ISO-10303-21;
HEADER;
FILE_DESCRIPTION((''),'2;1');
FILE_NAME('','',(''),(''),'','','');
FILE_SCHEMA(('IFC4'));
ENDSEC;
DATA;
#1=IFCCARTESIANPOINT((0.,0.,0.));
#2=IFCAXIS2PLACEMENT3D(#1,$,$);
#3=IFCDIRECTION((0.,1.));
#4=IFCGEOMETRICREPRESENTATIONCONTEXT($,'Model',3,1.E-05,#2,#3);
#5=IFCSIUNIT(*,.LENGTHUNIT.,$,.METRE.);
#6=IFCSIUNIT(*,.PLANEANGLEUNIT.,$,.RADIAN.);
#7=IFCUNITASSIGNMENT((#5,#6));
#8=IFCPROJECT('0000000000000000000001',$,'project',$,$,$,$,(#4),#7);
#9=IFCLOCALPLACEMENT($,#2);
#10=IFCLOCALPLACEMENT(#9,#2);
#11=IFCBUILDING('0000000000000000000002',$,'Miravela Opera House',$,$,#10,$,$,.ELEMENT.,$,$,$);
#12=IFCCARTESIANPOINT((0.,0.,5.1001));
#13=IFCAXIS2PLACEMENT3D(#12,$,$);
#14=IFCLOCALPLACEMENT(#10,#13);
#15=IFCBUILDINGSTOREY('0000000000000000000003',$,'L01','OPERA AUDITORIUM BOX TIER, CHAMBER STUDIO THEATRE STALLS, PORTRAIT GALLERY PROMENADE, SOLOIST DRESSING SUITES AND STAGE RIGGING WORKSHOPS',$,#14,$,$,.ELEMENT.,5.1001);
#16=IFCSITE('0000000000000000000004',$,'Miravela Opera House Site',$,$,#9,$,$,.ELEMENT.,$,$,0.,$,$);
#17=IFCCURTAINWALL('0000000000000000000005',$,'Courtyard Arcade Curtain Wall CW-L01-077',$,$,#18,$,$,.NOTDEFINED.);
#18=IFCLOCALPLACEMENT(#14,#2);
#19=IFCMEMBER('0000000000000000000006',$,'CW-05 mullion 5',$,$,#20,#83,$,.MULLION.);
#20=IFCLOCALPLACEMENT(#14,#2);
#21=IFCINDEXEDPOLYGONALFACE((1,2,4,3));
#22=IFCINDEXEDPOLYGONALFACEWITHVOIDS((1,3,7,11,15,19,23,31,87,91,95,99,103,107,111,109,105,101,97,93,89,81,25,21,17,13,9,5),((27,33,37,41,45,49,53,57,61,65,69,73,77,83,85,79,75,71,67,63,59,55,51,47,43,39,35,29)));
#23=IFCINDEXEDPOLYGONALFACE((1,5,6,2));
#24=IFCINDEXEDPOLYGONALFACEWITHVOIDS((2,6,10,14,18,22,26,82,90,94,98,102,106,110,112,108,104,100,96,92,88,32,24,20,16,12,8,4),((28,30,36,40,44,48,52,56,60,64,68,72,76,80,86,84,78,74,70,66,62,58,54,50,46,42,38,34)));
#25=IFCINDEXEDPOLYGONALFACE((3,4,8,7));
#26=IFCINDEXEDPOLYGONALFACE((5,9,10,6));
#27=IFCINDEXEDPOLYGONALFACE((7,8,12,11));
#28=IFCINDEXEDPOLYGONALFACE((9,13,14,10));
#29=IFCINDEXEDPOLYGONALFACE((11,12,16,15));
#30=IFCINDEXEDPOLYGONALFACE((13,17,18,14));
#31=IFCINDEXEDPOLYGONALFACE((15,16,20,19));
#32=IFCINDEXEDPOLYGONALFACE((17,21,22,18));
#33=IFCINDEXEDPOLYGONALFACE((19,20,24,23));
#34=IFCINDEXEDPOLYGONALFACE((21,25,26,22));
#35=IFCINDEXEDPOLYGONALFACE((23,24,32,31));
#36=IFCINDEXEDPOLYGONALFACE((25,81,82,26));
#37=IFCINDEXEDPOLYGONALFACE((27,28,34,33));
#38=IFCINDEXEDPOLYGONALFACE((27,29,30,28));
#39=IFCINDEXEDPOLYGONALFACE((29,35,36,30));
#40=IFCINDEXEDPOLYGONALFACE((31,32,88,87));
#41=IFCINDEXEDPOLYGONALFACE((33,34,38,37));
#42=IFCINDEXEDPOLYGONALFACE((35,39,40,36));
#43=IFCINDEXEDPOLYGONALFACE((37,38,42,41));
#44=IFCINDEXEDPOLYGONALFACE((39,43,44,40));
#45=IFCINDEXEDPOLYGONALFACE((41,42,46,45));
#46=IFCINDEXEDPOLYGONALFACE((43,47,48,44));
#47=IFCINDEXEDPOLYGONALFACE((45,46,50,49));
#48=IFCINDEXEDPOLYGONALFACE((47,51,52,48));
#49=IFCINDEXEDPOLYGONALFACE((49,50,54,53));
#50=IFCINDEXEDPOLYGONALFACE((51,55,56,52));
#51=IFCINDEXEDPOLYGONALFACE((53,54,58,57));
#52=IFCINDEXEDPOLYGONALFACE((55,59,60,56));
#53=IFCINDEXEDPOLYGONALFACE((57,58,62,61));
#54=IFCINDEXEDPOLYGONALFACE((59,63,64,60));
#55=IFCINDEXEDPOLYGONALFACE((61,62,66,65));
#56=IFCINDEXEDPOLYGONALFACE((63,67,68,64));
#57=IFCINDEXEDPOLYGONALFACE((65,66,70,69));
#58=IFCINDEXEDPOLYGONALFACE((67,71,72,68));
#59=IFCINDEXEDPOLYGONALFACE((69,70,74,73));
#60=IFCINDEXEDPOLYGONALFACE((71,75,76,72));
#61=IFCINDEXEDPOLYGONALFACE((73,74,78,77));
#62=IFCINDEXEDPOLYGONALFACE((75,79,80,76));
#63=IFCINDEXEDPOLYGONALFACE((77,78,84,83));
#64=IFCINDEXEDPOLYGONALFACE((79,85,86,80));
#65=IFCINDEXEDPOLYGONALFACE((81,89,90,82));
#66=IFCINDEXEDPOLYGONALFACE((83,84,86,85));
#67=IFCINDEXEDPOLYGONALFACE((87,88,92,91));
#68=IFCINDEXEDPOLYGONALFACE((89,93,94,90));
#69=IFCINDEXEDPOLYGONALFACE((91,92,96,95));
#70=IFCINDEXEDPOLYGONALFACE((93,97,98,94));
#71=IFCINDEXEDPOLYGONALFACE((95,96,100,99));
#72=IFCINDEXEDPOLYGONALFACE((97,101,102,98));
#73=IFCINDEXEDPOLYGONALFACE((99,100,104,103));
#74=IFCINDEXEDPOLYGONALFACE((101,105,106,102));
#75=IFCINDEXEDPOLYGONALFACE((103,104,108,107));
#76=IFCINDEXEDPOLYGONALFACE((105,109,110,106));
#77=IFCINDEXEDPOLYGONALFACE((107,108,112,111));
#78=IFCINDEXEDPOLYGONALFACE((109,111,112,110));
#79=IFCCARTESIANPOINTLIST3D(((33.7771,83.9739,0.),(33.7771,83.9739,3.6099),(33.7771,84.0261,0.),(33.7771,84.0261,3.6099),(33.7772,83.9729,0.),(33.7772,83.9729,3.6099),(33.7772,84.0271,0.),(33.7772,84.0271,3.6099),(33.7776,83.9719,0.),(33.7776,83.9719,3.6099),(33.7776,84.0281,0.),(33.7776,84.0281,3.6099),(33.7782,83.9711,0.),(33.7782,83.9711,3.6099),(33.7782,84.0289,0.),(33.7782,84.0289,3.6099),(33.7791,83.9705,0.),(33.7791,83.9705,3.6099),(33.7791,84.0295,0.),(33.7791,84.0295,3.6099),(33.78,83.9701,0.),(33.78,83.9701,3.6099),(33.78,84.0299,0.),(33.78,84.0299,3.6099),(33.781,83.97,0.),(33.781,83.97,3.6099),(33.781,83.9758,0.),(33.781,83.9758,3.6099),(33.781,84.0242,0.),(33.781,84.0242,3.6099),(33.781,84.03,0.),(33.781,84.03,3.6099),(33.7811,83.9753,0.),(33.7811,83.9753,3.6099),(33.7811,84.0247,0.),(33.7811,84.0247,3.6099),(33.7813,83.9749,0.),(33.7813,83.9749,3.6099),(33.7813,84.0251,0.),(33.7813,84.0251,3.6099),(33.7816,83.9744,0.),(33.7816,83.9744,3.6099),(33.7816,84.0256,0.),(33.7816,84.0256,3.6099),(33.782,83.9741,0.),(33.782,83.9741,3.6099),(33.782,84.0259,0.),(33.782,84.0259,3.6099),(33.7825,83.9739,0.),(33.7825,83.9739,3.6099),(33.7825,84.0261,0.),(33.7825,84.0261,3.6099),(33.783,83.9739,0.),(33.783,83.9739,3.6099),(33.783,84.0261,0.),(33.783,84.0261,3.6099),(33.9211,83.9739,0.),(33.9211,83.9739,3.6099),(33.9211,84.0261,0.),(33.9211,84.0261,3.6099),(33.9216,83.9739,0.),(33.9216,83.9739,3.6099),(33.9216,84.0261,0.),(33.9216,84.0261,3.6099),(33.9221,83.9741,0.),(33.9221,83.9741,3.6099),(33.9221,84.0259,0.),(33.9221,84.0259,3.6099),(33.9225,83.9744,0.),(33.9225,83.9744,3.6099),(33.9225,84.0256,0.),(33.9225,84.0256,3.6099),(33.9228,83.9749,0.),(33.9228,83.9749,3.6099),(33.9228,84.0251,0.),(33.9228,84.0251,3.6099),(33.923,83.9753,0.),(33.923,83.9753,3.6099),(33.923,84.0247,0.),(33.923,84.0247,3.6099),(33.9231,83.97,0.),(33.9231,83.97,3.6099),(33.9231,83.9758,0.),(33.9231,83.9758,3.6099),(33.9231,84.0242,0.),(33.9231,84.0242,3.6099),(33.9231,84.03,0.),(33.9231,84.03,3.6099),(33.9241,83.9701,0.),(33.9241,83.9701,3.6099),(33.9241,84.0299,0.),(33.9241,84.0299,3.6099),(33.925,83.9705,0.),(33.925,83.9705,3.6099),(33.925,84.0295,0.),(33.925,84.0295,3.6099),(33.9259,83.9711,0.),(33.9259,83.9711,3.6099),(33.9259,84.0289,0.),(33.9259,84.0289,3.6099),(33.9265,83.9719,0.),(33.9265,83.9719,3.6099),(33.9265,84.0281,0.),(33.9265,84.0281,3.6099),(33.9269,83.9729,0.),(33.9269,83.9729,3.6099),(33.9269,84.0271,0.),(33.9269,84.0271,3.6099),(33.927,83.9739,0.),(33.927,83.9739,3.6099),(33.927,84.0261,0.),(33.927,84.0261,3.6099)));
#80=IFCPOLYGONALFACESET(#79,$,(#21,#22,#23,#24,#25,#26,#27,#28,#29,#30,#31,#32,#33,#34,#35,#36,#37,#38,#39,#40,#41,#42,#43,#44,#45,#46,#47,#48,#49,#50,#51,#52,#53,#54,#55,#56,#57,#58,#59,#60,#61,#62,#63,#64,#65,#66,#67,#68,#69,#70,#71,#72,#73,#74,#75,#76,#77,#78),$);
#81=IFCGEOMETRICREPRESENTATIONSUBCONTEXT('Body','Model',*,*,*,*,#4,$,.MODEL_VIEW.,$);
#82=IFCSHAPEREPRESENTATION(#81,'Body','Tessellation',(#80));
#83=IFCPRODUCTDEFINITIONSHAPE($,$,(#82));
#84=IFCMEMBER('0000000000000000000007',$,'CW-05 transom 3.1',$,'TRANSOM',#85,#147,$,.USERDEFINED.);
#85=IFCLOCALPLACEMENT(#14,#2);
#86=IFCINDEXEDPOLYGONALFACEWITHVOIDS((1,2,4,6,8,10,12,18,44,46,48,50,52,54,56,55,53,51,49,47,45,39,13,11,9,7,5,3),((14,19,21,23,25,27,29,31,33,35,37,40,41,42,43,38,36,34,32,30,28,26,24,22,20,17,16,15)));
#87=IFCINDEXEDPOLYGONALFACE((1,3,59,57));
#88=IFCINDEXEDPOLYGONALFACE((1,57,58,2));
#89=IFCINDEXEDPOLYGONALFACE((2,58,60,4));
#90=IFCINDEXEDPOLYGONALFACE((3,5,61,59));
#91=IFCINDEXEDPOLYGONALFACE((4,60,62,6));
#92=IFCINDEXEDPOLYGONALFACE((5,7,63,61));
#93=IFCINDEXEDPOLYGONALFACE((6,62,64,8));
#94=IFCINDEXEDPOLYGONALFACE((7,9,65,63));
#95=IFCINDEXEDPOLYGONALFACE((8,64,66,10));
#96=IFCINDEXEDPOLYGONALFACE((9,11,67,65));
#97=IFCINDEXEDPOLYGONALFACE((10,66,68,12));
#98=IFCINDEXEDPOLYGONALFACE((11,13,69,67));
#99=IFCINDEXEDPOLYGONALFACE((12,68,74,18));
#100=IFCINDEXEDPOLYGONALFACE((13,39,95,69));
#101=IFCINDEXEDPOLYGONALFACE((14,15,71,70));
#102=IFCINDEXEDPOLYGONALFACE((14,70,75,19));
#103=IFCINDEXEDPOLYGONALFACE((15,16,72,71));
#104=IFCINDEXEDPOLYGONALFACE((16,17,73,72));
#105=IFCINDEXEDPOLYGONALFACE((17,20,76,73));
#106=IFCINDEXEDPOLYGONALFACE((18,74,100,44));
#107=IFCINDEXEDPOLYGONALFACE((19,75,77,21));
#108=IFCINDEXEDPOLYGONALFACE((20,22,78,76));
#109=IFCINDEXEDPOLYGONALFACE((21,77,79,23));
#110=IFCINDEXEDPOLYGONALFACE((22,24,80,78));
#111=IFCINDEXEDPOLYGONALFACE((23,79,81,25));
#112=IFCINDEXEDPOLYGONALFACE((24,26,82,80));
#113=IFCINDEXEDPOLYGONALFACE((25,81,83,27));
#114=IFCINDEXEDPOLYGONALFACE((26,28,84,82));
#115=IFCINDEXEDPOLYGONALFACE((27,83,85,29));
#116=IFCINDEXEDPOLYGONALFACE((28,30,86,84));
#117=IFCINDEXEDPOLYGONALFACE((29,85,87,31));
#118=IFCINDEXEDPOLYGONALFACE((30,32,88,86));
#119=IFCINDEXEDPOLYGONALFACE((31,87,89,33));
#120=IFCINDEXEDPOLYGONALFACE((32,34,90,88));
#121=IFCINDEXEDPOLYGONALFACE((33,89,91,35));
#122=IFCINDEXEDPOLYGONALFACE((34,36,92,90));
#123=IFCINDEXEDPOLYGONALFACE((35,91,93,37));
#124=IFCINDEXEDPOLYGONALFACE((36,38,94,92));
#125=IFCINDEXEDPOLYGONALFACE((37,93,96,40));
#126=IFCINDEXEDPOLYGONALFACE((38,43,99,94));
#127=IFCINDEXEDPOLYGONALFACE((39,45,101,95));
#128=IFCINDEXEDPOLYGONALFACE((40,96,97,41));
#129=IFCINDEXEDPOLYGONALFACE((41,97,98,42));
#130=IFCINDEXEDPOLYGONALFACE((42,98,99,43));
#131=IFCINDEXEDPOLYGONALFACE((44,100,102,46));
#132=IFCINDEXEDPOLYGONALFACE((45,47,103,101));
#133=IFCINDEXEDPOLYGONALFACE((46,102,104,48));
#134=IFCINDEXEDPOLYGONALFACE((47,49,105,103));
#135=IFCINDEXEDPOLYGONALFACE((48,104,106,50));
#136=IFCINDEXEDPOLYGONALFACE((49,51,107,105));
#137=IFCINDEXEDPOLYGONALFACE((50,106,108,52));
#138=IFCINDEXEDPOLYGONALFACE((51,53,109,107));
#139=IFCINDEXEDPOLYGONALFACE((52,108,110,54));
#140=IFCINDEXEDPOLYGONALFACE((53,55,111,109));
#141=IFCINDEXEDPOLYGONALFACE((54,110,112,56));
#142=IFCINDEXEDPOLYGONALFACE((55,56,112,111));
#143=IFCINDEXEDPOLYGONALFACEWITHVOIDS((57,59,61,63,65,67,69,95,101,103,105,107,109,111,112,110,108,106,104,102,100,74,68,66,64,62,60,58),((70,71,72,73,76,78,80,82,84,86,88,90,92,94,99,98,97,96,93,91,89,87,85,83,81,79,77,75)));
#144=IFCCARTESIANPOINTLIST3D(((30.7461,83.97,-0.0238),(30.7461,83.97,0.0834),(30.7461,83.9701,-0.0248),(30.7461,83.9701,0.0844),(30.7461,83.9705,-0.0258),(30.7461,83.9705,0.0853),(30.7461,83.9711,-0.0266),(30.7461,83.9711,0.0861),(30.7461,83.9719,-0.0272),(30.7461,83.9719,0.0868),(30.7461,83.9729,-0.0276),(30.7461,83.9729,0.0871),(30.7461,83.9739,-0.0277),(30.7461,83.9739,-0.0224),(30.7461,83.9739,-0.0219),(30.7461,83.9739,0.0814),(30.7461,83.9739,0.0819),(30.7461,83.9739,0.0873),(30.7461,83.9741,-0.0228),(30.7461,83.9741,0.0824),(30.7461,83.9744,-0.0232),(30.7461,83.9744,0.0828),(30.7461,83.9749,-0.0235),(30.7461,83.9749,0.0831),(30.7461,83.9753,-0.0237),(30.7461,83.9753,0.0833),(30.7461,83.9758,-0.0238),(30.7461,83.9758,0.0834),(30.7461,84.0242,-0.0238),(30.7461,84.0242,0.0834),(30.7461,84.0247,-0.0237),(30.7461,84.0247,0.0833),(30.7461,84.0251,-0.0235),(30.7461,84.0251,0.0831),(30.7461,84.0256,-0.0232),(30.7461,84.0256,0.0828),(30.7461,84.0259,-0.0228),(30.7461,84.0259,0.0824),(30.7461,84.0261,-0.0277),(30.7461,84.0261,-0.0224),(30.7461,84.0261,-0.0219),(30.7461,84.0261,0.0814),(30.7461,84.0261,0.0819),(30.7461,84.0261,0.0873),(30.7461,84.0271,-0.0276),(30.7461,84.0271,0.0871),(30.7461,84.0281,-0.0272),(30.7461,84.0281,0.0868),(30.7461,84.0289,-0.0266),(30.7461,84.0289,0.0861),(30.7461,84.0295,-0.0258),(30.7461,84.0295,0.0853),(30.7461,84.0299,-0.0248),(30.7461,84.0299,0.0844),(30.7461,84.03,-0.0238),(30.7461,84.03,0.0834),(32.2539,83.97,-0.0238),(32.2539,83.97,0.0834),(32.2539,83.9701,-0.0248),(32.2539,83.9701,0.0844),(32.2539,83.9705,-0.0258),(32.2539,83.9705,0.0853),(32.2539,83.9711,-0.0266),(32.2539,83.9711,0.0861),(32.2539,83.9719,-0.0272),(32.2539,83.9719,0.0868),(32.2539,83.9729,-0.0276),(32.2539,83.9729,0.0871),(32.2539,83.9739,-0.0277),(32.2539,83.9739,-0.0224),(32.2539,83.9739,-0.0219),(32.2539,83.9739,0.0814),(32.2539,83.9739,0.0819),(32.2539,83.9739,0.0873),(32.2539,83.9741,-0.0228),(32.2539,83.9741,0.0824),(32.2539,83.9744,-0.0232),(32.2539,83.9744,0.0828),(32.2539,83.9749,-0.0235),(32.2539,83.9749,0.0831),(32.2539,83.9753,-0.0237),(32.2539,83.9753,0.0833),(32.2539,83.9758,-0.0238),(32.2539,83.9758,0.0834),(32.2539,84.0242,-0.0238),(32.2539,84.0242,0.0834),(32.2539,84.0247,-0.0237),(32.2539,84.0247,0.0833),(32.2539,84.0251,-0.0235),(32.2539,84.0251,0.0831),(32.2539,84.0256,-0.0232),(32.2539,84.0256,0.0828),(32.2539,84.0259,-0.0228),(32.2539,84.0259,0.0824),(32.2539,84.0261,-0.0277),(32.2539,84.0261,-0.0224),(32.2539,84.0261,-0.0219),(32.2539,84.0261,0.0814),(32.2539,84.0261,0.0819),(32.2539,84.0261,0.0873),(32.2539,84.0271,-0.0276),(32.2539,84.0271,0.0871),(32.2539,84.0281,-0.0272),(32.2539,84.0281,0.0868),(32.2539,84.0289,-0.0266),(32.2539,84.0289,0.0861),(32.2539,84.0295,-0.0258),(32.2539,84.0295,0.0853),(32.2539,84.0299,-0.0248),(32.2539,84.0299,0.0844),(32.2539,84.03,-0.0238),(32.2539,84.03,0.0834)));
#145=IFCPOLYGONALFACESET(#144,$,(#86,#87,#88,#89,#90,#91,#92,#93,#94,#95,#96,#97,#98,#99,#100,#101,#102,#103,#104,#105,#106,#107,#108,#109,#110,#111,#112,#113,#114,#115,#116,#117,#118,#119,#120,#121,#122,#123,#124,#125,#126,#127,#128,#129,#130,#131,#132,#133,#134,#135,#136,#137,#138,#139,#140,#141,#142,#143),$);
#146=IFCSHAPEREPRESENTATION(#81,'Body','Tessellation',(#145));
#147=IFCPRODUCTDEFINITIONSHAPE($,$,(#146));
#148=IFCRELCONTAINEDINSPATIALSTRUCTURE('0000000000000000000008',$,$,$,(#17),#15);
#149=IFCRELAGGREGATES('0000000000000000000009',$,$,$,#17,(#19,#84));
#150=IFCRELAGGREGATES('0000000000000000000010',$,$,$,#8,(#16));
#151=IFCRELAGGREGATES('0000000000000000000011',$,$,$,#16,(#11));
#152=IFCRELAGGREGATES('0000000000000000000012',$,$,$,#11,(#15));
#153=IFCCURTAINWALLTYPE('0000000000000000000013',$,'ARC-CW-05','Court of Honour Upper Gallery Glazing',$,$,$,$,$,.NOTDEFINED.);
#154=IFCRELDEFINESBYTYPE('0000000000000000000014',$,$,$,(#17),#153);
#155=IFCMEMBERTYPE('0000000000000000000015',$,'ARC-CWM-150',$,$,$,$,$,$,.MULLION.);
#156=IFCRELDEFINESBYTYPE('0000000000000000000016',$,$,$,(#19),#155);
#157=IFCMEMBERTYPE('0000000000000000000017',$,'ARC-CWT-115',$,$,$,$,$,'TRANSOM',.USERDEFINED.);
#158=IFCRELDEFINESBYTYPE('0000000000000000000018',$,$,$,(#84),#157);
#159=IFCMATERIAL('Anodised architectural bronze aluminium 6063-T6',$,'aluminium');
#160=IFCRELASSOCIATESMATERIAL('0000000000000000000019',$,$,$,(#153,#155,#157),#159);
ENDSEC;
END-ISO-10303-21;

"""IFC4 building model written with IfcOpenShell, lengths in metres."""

from ifc_helpers import new_model, si_unit, direction, frame, origin, origin_2d, place, context, subcontext, project, spatial, hollow_rectangle, extrude, material, material_profile, profile_set, type_object, element, aggregate, save


model = new_model("IFC4")

# Units and contexts
model_context = context("Model", 3, precision=1e-05, world=origin(), true_north=direction((0.0, 1.0)))
body_context = subcontext(model_context, "Body", "Model", "MODEL_VIEW")
ifc_project = project(units=[si_unit("LENGTHUNIT", "METRE"), si_unit("PLANEANGLEUNIT", "RADIAN")], contexts=[model_context])

# Site, building, storey
site_placement = place(None, origin())
site = spatial("IfcSite", under=ifc_project, at=site_placement, Name="Miravela Opera House Site", CompositionType="ELEMENT", RefElevation=0.0)
building_placement = place(site_placement, origin())
building = spatial("IfcBuilding", under=site, at=building_placement, Name="Miravela Opera House", CompositionType="ELEMENT")
storey_placement = place(building_placement, frame((0.0, 0.0, 5.1001)))
storey = spatial("IfcBuildingStorey", under=building, at=storey_placement, Name="L01", Description="OPERA AUDITORIUM BOX TIER, CHAMBER STUDIO THEATRE STALLS, PORTRAIT GALLERY PROMENADE, SOLOIST DRESSING SUITES AND STAGE RIGGING WORKSHOPS", CompositionType="ELEMENT", Elevation=5.1001)

# Curtain wall, members
ifc_material_1 = material(Name="Anodised architectural bronze aluminium 6063-T6", Category="aluminium")
curtain_wall_type = type_object("IfcCurtainWallType", Name="ARC-CW-05", Description="Court of Honour Upper Gallery Glazing", PredefinedType="NOTDEFINED", material=ifc_material_1)
curtain_wall_placement = place(storey_placement, origin())
curtain_wall = element("IfcCurtainWall", 1, at=curtain_wall_placement, inside=storey, type_object=curtain_wall_type, Name="Courtyard Arcade Curtain Wall CW-L01-077", PredefinedType="NOTDEFINED")
ifc_material_profile_1 = material_profile(ifc_material_1, hollow_rectangle(XDim=0.0601, YDim=0.1499, WallThickness=0.0039, InnerFilletRadius=0.002, OuterFilletRadius=0.0039, at=origin_2d()), Name="CWM-60X150")
ifc_profile_set_1 = profile_set([ifc_material_profile_1])
member_type_1 = type_object("IfcMemberType", Name="ARC-CWM-150", PredefinedType="MULLION", material=ifc_profile_set_1)
member_1_placement = place(storey_placement, frame((33.8521, 84.0, 0.0), z_axis=(0.0, 0.0, 1.0), x_axis=(0.0, 1.0, 0.0)))
member_1 = element("IfcMember", 2, at=member_1_placement, type_object=member_type_1, Name="CW-05 mullion 5", PredefinedType="MULLION", context=body_context, shape_type="SweptSolid", body=[
    extrude(hollow_rectangle(XDim=0.0601, YDim=0.1499, WallThickness=0.0039, InnerFilletRadius=0.002, OuterFilletRadius=0.0039, at=origin_2d()), origin(), (0.0, 0.0, 1.0), 3.6099),
])
ifc_material_profile_2 = material_profile(ifc_material_1, hollow_rectangle(XDim=0.0601, YDim=0.115, WallThickness=0.0039, InnerFilletRadius=0.002, OuterFilletRadius=0.0039, at=origin_2d()), Name="CWT-60X115")
ifc_profile_set_2 = profile_set([ifc_material_profile_2])
member_type_2 = type_object("IfcMemberType", Name="ARC-CWT-115", ElementType="TRANSOM", PredefinedType="USERDEFINED", material=ifc_profile_set_2)
member_2_placement = place(storey_placement, frame((30.7461, 84.0, 0.0298), z_axis=(1.0, 0.0, 0.0), x_axis=(0.0, 1.0, 0.0)))
member_2 = element("IfcMember", 3, at=member_2_placement, type_object=member_type_2, Name="CW-05 transom 3.1", ObjectType="TRANSOM", PredefinedType="USERDEFINED", context=body_context, shape_type="SweptSolid", body=[
    extrude(hollow_rectangle(XDim=0.0601, YDim=0.115, WallThickness=0.0039, InnerFilletRadius=0.002, OuterFilletRadius=0.0039, at=origin_2d()), origin(), (0.0, 0.0, 1.0), 1.5078),
])
aggregate(curtain_wall, [member_1, member_2])

save(model, "model.ifc")
